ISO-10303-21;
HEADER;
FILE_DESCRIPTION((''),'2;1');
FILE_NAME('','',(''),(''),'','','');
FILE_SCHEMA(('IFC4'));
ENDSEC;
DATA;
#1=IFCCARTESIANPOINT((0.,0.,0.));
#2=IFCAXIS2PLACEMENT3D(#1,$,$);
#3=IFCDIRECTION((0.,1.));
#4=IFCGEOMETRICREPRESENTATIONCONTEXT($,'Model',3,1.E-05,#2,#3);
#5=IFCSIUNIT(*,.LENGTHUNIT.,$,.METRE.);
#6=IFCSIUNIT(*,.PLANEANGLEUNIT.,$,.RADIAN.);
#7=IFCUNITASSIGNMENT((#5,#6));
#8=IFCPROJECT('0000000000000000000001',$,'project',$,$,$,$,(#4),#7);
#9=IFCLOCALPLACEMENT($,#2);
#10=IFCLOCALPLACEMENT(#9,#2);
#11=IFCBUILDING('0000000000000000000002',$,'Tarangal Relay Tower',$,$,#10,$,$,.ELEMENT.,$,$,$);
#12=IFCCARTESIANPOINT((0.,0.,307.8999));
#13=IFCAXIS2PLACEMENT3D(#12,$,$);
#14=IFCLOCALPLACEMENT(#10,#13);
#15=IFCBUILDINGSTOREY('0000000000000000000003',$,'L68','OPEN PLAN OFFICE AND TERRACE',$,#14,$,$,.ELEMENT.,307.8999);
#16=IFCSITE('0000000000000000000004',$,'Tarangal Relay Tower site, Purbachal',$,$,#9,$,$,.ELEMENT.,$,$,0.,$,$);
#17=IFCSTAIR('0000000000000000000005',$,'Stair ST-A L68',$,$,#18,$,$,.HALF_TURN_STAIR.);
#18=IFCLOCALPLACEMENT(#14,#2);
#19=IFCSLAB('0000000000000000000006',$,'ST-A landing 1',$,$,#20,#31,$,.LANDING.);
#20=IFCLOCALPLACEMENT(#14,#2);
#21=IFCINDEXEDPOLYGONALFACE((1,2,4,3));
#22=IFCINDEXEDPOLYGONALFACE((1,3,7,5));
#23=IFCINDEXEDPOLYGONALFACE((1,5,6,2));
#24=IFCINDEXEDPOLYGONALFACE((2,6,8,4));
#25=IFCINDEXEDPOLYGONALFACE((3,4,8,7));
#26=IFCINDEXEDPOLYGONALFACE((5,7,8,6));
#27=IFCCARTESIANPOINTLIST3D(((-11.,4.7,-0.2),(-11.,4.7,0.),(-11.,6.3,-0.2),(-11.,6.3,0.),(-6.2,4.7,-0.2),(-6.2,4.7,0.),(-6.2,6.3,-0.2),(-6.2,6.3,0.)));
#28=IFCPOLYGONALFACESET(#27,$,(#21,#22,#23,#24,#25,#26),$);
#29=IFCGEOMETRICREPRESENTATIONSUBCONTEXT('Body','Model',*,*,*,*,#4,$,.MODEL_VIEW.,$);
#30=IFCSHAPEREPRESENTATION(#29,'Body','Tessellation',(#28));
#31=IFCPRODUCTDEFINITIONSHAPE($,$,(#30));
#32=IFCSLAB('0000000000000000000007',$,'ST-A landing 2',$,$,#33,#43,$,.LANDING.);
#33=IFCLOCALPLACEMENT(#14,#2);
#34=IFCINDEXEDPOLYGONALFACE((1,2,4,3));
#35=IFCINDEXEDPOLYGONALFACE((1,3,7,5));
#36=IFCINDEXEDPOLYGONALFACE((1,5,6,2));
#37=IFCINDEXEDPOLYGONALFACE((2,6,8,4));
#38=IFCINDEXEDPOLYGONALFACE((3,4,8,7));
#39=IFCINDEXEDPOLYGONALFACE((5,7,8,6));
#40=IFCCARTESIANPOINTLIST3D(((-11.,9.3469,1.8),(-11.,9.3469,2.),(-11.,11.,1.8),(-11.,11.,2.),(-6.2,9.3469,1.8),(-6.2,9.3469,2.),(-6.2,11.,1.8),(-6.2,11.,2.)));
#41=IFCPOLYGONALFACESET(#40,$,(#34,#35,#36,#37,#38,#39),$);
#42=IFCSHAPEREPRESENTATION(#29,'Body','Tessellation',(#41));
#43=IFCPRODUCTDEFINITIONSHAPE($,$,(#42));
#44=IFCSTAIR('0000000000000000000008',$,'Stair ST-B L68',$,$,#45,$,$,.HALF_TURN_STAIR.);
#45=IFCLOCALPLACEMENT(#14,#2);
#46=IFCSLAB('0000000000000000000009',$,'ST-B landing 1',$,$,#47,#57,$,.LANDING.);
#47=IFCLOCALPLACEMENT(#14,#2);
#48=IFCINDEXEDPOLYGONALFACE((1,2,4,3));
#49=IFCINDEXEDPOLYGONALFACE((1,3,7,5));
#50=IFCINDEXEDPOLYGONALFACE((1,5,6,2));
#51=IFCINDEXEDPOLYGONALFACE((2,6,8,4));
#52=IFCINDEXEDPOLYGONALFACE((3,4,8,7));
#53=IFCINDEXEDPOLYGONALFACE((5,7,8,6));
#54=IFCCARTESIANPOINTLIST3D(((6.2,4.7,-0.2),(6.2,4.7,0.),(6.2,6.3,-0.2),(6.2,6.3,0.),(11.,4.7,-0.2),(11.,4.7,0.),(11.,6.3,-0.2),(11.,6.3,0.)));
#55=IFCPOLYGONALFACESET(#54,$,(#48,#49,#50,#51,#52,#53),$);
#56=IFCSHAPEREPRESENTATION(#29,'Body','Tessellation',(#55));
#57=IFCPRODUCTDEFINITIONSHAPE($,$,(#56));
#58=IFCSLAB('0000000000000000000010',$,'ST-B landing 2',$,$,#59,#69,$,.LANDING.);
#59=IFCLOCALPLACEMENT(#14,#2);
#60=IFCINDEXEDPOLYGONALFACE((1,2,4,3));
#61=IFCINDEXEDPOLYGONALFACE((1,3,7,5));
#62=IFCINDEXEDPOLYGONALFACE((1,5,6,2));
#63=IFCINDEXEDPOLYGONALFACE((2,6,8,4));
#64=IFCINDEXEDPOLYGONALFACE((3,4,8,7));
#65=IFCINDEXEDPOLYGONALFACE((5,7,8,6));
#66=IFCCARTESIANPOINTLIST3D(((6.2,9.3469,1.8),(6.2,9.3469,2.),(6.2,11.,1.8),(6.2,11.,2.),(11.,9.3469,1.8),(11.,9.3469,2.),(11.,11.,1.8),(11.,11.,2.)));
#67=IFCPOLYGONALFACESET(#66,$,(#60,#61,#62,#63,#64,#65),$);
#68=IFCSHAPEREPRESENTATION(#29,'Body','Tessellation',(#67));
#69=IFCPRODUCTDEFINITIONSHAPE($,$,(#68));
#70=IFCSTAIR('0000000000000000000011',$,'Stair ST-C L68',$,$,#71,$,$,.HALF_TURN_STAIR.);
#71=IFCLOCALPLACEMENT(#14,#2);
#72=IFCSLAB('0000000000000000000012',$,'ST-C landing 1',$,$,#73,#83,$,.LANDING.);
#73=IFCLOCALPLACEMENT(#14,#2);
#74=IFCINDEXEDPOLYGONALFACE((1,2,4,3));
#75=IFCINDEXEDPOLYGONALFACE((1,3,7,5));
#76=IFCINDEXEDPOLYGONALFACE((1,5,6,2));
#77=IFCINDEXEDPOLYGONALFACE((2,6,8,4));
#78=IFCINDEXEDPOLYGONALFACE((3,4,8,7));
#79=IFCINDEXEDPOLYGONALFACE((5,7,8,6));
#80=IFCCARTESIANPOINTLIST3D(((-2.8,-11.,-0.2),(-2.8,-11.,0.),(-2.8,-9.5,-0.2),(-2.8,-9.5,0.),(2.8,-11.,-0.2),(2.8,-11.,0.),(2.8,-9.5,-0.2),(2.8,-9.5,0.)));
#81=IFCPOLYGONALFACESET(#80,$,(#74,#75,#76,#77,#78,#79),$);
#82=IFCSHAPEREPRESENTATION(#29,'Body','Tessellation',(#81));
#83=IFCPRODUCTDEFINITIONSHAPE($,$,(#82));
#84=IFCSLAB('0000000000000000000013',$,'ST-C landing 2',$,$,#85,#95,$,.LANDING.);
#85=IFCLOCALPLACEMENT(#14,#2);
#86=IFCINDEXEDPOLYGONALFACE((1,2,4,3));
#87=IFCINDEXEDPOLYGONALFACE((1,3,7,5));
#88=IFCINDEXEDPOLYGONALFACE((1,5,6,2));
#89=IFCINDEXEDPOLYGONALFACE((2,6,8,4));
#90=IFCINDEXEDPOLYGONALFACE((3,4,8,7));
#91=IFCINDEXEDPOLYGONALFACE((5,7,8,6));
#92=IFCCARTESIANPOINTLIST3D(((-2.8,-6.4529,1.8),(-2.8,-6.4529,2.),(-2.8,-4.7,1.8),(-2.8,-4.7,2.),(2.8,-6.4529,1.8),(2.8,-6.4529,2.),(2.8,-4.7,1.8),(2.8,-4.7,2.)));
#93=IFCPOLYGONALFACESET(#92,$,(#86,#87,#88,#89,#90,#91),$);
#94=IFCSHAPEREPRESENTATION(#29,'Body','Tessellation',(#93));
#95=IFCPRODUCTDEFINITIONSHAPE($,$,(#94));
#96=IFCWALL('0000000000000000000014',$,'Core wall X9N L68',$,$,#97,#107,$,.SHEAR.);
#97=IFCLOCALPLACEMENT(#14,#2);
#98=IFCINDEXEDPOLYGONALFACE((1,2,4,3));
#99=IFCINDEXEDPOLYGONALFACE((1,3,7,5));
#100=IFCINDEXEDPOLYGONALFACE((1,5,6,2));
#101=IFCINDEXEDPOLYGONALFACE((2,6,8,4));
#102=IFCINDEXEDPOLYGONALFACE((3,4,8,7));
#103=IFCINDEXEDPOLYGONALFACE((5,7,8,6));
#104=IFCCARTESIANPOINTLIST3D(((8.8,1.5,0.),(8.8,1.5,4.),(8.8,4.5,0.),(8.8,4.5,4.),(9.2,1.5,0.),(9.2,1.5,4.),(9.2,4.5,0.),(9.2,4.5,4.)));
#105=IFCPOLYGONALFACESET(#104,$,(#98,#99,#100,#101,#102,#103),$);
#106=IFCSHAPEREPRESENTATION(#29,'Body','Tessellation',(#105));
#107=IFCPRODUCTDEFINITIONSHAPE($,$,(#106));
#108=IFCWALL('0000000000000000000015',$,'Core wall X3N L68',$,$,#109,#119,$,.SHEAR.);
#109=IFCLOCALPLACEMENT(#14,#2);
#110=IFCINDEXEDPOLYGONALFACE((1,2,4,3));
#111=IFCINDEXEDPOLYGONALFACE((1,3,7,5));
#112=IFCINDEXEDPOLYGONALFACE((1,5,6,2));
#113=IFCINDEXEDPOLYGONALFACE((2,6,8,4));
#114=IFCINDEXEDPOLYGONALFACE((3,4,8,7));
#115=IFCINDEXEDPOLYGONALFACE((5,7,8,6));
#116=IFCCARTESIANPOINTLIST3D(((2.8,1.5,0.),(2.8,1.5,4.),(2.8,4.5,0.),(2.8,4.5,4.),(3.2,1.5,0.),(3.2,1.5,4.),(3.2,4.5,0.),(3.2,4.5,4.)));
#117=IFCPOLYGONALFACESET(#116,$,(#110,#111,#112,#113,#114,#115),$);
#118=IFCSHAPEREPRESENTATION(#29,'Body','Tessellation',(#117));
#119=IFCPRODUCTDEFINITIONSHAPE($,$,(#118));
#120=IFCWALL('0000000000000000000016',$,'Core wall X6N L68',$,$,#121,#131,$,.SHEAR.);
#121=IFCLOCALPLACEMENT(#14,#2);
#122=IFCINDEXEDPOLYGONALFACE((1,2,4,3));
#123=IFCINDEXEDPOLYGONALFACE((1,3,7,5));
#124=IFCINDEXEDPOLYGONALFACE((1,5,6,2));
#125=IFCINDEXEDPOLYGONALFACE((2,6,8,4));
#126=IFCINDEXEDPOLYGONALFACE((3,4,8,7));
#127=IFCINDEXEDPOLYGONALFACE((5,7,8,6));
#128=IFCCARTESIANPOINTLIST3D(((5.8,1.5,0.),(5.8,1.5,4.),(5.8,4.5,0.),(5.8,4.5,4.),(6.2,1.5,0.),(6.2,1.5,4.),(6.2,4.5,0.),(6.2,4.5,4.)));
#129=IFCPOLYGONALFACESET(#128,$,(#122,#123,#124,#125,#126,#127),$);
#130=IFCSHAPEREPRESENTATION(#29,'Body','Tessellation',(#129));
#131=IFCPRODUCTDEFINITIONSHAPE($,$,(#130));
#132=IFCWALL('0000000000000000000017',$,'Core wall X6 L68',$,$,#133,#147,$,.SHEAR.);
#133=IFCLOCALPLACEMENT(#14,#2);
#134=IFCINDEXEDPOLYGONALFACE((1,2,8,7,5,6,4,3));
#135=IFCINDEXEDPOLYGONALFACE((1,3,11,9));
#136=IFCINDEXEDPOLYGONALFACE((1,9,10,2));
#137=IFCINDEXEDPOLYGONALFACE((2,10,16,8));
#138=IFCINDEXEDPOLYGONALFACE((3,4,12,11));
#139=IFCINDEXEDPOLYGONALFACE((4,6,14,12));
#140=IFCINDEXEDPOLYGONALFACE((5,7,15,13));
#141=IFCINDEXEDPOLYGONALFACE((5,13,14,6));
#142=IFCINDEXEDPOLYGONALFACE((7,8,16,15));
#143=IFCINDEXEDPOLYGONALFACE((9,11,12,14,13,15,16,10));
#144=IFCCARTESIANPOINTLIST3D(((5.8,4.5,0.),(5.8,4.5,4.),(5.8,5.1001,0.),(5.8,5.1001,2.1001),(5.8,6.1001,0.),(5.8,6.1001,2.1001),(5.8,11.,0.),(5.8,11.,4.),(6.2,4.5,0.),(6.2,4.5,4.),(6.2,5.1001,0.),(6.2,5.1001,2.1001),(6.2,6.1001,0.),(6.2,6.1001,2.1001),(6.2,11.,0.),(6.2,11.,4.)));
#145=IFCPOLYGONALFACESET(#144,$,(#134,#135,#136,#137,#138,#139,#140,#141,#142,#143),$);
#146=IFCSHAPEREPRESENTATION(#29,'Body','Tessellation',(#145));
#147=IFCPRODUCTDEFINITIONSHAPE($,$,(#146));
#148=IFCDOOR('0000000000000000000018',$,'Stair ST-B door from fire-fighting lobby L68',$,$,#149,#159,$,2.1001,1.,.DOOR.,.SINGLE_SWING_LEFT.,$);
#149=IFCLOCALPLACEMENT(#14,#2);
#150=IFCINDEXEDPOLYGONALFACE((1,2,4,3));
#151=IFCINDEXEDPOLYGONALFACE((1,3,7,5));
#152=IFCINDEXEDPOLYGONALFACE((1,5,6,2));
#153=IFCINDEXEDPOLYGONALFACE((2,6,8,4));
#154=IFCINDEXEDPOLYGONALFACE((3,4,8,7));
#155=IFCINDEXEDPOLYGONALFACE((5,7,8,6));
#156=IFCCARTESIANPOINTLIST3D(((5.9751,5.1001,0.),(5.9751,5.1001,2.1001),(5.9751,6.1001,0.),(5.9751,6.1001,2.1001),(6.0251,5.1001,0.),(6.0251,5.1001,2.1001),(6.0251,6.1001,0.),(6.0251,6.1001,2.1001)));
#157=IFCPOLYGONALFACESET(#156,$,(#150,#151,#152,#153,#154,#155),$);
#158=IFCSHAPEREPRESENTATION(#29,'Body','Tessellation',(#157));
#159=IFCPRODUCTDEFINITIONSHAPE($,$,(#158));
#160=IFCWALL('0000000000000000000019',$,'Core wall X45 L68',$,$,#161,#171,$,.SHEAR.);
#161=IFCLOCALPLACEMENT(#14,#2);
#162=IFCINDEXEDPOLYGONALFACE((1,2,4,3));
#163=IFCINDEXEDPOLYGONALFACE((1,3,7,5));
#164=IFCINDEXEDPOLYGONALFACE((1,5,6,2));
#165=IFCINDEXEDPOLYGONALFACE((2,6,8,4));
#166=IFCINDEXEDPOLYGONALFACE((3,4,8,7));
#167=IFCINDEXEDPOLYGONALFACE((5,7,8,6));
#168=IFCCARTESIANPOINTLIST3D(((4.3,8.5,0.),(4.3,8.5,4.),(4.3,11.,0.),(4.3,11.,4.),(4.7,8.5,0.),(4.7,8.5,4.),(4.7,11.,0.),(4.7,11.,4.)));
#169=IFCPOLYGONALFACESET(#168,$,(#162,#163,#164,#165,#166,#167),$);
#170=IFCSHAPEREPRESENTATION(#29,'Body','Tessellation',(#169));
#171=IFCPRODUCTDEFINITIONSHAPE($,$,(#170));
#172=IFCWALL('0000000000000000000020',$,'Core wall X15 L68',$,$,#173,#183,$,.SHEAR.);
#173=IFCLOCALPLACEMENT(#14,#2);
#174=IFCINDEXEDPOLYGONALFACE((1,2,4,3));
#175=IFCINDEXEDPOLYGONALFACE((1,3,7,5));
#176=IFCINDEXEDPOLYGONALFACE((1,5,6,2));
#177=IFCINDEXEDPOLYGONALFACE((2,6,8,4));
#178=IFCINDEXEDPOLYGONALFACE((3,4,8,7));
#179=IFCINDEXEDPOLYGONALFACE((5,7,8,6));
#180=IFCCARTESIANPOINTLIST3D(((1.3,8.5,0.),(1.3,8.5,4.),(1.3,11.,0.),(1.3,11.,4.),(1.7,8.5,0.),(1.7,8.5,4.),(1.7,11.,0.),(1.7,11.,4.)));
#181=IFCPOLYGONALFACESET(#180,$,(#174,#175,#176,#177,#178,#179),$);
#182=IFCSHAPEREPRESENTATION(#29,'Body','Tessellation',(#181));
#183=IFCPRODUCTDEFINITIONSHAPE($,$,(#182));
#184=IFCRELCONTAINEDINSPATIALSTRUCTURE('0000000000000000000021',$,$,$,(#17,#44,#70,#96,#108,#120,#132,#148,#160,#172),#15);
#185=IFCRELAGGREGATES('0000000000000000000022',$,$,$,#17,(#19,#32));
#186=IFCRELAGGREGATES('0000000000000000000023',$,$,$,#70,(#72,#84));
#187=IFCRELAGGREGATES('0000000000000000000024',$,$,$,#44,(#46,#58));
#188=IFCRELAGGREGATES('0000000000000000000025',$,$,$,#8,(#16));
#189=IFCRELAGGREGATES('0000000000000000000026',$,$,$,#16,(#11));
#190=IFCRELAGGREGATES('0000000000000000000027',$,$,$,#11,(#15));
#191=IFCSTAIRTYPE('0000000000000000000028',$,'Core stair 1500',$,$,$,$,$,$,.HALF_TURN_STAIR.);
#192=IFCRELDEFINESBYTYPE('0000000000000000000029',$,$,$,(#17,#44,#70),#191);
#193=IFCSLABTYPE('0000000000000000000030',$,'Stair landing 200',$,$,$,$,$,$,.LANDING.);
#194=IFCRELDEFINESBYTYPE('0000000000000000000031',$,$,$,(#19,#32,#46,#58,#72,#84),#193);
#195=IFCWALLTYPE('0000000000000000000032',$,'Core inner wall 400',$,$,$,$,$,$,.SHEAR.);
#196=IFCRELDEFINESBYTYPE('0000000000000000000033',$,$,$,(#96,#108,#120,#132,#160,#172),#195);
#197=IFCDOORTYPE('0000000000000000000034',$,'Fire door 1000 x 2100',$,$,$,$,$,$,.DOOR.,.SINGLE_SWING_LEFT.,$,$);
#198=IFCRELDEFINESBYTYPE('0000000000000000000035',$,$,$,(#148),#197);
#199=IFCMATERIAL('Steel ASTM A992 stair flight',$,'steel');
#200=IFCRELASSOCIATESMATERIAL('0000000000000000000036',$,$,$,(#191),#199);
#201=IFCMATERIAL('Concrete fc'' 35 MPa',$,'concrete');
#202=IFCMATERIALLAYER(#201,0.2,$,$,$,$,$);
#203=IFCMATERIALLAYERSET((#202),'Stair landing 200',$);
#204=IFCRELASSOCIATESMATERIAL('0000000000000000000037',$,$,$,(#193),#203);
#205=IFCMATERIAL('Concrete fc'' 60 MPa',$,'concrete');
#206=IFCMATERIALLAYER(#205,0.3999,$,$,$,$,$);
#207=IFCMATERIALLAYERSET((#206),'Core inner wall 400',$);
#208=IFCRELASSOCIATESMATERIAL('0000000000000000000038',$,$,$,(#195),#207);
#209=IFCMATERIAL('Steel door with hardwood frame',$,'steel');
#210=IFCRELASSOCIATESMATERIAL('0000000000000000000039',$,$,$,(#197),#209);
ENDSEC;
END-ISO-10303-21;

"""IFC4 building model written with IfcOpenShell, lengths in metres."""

from ifc_helpers import new_model, si_unit, direction, frame, frame_2d, origin, place, context, subcontext, project, spatial, polyline, rectangle, outline, extrude, material, layer, layer_set, type_object, element, fill, aggregate, save


model = new_model("IFC4")

# Units and contexts
model_context = context("Model", 3, precision=1e-05, world=origin(), true_north=direction((0.0, 1.0)))
body_context = subcontext(model_context, "Body", "Model", "MODEL_VIEW")
ifc_project = project(units=[si_unit("LENGTHUNIT", "METRE"), si_unit("PLANEANGLEUNIT", "RADIAN")], contexts=[model_context])

# Site, building, storey
site_placement = place(None, origin())
site = spatial("IfcSite", under=ifc_project, at=site_placement, Name="Tarangal Relay Tower site, Purbachal", CompositionType="ELEMENT", RefElevation=0.0)
building_placement = place(site_placement, origin())
building = spatial("IfcBuilding", under=site, at=building_placement, Name="Tarangal Relay Tower", CompositionType="ELEMENT")
storey_placement = place(building_placement, frame((0.0, 0.0, 307.8999)))
storey = spatial("IfcBuildingStorey", under=building, at=storey_placement, Name="L68", Description="OPEN PLAN OFFICE AND TERRACE", CompositionType="ELEMENT", Elevation=307.8999)

# Stairs, slabs
ifc_material_1 = material(Name="Steel ASTM A992 stair flight", Category="steel")
stair_type = type_object("IfcStairType", Name="Core stair 1500", PredefinedType="HALF_TURN_STAIR", material=ifc_material_1)
stair_1_placement = place(storey_placement, origin())
stair_1 = element("IfcStair", 1, at=stair_1_placement, inside=storey, type_object=stair_type, Name="Stair ST-A L68", PredefinedType="HALF_TURN_STAIR")
ifc_material_2 = material(Name="Concrete fc' 35 MPa", Category="concrete")
ifc_layer_1 = layer(ifc_material_2, 0.2)
ifc_layer_set_1 = layer_set([ifc_layer_1], Name="Stair landing 200")
slab_type = type_object("IfcSlabType", Name="Stair landing 200", PredefinedType="LANDING", material=ifc_layer_set_1)
slab_1_placement = place(storey_placement, frame((0.0, 0.0, -0.2)))
slab_1 = element("IfcSlab", 2, at=slab_1_placement, type_object=slab_type, Name="ST-A landing 1", PredefinedType="LANDING", context=body_context, shape_type="SweptSolid", body=[
    extrude(outline(polyline([(-11.0, 4.7), (-6.2, 4.7), (-6.2, 6.3), (-11.0, 6.3), (-11.0, 4.7)])), origin(), (0.0, 0.0, 1.0), 0.2),
])
slab_2_placement = place(storey_placement, frame((0.0, 0.0, 1.8)))
slab_2 = element("IfcSlab", 3, at=slab_2_placement, type_object=slab_type, Name="ST-A landing 2", PredefinedType="LANDING", context=body_context, shape_type="SweptSolid", body=[
    extrude(outline(polyline([(-11.0, 9.3469), (-6.2, 9.3469), (-6.2, 11.0), (-11.0, 11.0), (-11.0, 9.3469)])), origin(), (0.0, 0.0, 1.0), 0.2),
])
aggregate(stair_1, [slab_1, slab_2])
stair_2_placement = place(storey_placement, origin())
stair_2 = element("IfcStair", 4, at=stair_2_placement, inside=storey, type_object=stair_type, Name="Stair ST-B L68", PredefinedType="HALF_TURN_STAIR")
slab_3_placement = place(storey_placement, frame((0.0, 0.0, -0.2)))
slab_3 = element("IfcSlab", 5, at=slab_3_placement, type_object=slab_type, Name="ST-B landing 1", PredefinedType="LANDING", context=body_context, shape_type="SweptSolid", body=[
    extrude(outline(polyline([(6.2, 4.7), (11.0, 4.7), (11.0, 6.3), (6.2, 6.3), (6.2, 4.7)])), origin(), (0.0, 0.0, 1.0), 0.2),
])
slab_4_placement = place(storey_placement, frame((0.0, 0.0, 1.8)))
slab_4 = element("IfcSlab", 6, at=slab_4_placement, type_object=slab_type, Name="ST-B landing 2", PredefinedType="LANDING", context=body_context, shape_type="SweptSolid", body=[
    extrude(outline(polyline([(6.2, 9.3469), (11.0, 9.3469), (11.0, 11.0), (6.2, 11.0), (6.2, 9.3469)])), origin(), (0.0, 0.0, 1.0), 0.2),
])
stair_3_placement = place(storey_placement, origin())
stair_3 = element("IfcStair", 7, at=stair_3_placement, inside=storey, type_object=stair_type, Name="Stair ST-C L68", PredefinedType="HALF_TURN_STAIR")
slab_5_placement = place(storey_placement, frame((0.0, 0.0, -0.2)))
slab_5 = element("IfcSlab", 8, at=slab_5_placement, type_object=slab_type, Name="ST-C landing 1", PredefinedType="LANDING", context=body_context, shape_type="SweptSolid", body=[
    extrude(outline(polyline([(-2.8, -11.0), (2.8, -11.0), (2.8, -9.5), (-2.8, -9.5), (-2.8, -11.0)])), origin(), (0.0, 0.0, 1.0), 0.2),
])
slab_6_placement = place(storey_placement, frame((0.0, 0.0, 1.8)))
slab_6 = element("IfcSlab", 9, at=slab_6_placement, type_object=slab_type, Name="ST-C landing 2", PredefinedType="LANDING", context=body_context, shape_type="SweptSolid", body=[
    extrude(outline(polyline([(-2.8, -6.4529), (2.8, -6.4529), (2.8, -4.7), (-2.8, -4.7), (-2.8, -6.4529)])), origin(), (0.0, 0.0, 1.0), 0.2),
])
aggregate(stair_3, [slab_5, slab_6])

# Walls
ifc_material_3 = material(Name="Concrete fc' 60 MPa", Category="concrete")
ifc_layer_2 = layer(ifc_material_3, 0.3999)
ifc_layer_set_2 = layer_set([ifc_layer_2], Name="Core inner wall 400")
wall_type_1 = type_object("IfcWallType", Name="Core inner wall 400", PredefinedType="SHEAR", material=ifc_layer_set_2)
for number, where, z_axis, x_axis, name in (
    (10, (9.0, 1.5, 0.0), (0.0, 0.0, 1.0), (0.0, 1.0, 0.0), "Core wall X9N L68"),
    (11, (3.0, 1.5, 0.0), (0.0, 0.0, 1.0), (0.0, 1.0, 0.0), "Core wall X3N L68"),
    (12, (6.0, 1.5, 0.0), (0.0, 0.0, 1.0), (0.0, 1.0, 0.0), "Core wall X6N L68"),
):
    element("IfcWall", number, at=place(storey_placement, frame(where, z_axis=z_axis, x_axis=x_axis)), inside=storey, type_object=wall_type_1, Name=name, PredefinedType="SHEAR", context=body_context, shape_type="SweptSolid", body=[
        extrude(rectangle(XDim=3.0, YDim=0.3999, at=frame_2d((1.5, 0.0))), origin(), (0.0, 0.0, 1.0), 4.0),
    ])

# Wall, opening, door
wall_1_placement = place(storey_placement, frame((6.0, 4.5, 0.0), z_axis=(0.0, 0.0, 1.0), x_axis=(0.0, 1.0, 0.0)))
wall_1 = element("IfcWall", 13, at=wall_1_placement, inside=storey, type_object=wall_type_1, Name="Core wall X6 L68", PredefinedType="SHEAR", context=body_context, shape_type="SweptSolid", body=[
    extrude(rectangle(XDim=6.5, YDim=0.3999, at=frame_2d((3.25, 0.0))), origin(), (0.0, 0.0, 1.0), 4.0),
])
opening_1_placement = place(wall_1_placement, frame((0.6001, 0.0, 0.0)))
opening_1 = element("IfcOpeningElement", 14, at=opening_1_placement, cuts=wall_1, PredefinedType="OPENING", context=body_context, shape_type="SweptSolid", body=[
    extrude(rectangle(XDim=1.0, YDim=2.1001, at=frame_2d((0.5, 1.05))), frame((0.0, 0.21, 0.0), z_axis=(0.0, -1.0, 0.0), x_axis=(1.0, 0.0, 0.0)), (0.0, 0.0, 1.0), 0.4199),
])
ifc_material_4 = material(Name="Steel door with hardwood frame", Category="steel")
door_type_1 = type_object("IfcDoorType", Name="Fire door 1000 x 2100", OperationType="SINGLE_SWING_LEFT", PredefinedType="DOOR", material=ifc_material_4)
door_1_placement = place(opening_1_placement, origin())
door_1 = element("IfcDoor", 15, at=door_1_placement, inside=storey, type_object=door_type_1, Name="Stair ST-B door from fire-fighting lobby L68", OperationType="SINGLE_SWING_LEFT", OverallHeight=2.1001, OverallWidth=1.0, PredefinedType="DOOR", context=body_context, shape_type="SweptSolid", body=[
    extrude(rectangle(XDim=1.0, YDim=2.1001, at=frame_2d((0.5, 1.05))), frame((0.0, 0.0249, 0.0), z_axis=(0.0, -1.0, 0.0), x_axis=(1.0, 0.0, 0.0)), (0.0, 0.0, 1.0), 0.05),
])
fill(opening_1, door_1)

# Walls
for number, where, z_axis, x_axis, name in (
    (16, (4.5, 8.5, 0.0), (0.0, 0.0, 1.0), (0.0, 1.0, 0.0), "Core wall X45 L68"),
    (17, (1.5, 8.5, 0.0), (0.0, 0.0, 1.0), (0.0, 1.0, 0.0), "Core wall X15 L68"),
):
    element("IfcWall", number, at=place(storey_placement, frame(where, z_axis=z_axis, x_axis=x_axis)), inside=storey, type_object=wall_type_1, Name=name, PredefinedType="SHEAR", context=body_context, shape_type="SweptSolid", body=[
        extrude(rectangle(XDim=2.5, YDim=0.3999, at=frame_2d((1.25, 0.0))), origin(), (0.0, 0.0, 1.0), 4.0),
    ])

aggregate(stair_2, [slab_3, slab_4])

save(model, "model.ifc")
